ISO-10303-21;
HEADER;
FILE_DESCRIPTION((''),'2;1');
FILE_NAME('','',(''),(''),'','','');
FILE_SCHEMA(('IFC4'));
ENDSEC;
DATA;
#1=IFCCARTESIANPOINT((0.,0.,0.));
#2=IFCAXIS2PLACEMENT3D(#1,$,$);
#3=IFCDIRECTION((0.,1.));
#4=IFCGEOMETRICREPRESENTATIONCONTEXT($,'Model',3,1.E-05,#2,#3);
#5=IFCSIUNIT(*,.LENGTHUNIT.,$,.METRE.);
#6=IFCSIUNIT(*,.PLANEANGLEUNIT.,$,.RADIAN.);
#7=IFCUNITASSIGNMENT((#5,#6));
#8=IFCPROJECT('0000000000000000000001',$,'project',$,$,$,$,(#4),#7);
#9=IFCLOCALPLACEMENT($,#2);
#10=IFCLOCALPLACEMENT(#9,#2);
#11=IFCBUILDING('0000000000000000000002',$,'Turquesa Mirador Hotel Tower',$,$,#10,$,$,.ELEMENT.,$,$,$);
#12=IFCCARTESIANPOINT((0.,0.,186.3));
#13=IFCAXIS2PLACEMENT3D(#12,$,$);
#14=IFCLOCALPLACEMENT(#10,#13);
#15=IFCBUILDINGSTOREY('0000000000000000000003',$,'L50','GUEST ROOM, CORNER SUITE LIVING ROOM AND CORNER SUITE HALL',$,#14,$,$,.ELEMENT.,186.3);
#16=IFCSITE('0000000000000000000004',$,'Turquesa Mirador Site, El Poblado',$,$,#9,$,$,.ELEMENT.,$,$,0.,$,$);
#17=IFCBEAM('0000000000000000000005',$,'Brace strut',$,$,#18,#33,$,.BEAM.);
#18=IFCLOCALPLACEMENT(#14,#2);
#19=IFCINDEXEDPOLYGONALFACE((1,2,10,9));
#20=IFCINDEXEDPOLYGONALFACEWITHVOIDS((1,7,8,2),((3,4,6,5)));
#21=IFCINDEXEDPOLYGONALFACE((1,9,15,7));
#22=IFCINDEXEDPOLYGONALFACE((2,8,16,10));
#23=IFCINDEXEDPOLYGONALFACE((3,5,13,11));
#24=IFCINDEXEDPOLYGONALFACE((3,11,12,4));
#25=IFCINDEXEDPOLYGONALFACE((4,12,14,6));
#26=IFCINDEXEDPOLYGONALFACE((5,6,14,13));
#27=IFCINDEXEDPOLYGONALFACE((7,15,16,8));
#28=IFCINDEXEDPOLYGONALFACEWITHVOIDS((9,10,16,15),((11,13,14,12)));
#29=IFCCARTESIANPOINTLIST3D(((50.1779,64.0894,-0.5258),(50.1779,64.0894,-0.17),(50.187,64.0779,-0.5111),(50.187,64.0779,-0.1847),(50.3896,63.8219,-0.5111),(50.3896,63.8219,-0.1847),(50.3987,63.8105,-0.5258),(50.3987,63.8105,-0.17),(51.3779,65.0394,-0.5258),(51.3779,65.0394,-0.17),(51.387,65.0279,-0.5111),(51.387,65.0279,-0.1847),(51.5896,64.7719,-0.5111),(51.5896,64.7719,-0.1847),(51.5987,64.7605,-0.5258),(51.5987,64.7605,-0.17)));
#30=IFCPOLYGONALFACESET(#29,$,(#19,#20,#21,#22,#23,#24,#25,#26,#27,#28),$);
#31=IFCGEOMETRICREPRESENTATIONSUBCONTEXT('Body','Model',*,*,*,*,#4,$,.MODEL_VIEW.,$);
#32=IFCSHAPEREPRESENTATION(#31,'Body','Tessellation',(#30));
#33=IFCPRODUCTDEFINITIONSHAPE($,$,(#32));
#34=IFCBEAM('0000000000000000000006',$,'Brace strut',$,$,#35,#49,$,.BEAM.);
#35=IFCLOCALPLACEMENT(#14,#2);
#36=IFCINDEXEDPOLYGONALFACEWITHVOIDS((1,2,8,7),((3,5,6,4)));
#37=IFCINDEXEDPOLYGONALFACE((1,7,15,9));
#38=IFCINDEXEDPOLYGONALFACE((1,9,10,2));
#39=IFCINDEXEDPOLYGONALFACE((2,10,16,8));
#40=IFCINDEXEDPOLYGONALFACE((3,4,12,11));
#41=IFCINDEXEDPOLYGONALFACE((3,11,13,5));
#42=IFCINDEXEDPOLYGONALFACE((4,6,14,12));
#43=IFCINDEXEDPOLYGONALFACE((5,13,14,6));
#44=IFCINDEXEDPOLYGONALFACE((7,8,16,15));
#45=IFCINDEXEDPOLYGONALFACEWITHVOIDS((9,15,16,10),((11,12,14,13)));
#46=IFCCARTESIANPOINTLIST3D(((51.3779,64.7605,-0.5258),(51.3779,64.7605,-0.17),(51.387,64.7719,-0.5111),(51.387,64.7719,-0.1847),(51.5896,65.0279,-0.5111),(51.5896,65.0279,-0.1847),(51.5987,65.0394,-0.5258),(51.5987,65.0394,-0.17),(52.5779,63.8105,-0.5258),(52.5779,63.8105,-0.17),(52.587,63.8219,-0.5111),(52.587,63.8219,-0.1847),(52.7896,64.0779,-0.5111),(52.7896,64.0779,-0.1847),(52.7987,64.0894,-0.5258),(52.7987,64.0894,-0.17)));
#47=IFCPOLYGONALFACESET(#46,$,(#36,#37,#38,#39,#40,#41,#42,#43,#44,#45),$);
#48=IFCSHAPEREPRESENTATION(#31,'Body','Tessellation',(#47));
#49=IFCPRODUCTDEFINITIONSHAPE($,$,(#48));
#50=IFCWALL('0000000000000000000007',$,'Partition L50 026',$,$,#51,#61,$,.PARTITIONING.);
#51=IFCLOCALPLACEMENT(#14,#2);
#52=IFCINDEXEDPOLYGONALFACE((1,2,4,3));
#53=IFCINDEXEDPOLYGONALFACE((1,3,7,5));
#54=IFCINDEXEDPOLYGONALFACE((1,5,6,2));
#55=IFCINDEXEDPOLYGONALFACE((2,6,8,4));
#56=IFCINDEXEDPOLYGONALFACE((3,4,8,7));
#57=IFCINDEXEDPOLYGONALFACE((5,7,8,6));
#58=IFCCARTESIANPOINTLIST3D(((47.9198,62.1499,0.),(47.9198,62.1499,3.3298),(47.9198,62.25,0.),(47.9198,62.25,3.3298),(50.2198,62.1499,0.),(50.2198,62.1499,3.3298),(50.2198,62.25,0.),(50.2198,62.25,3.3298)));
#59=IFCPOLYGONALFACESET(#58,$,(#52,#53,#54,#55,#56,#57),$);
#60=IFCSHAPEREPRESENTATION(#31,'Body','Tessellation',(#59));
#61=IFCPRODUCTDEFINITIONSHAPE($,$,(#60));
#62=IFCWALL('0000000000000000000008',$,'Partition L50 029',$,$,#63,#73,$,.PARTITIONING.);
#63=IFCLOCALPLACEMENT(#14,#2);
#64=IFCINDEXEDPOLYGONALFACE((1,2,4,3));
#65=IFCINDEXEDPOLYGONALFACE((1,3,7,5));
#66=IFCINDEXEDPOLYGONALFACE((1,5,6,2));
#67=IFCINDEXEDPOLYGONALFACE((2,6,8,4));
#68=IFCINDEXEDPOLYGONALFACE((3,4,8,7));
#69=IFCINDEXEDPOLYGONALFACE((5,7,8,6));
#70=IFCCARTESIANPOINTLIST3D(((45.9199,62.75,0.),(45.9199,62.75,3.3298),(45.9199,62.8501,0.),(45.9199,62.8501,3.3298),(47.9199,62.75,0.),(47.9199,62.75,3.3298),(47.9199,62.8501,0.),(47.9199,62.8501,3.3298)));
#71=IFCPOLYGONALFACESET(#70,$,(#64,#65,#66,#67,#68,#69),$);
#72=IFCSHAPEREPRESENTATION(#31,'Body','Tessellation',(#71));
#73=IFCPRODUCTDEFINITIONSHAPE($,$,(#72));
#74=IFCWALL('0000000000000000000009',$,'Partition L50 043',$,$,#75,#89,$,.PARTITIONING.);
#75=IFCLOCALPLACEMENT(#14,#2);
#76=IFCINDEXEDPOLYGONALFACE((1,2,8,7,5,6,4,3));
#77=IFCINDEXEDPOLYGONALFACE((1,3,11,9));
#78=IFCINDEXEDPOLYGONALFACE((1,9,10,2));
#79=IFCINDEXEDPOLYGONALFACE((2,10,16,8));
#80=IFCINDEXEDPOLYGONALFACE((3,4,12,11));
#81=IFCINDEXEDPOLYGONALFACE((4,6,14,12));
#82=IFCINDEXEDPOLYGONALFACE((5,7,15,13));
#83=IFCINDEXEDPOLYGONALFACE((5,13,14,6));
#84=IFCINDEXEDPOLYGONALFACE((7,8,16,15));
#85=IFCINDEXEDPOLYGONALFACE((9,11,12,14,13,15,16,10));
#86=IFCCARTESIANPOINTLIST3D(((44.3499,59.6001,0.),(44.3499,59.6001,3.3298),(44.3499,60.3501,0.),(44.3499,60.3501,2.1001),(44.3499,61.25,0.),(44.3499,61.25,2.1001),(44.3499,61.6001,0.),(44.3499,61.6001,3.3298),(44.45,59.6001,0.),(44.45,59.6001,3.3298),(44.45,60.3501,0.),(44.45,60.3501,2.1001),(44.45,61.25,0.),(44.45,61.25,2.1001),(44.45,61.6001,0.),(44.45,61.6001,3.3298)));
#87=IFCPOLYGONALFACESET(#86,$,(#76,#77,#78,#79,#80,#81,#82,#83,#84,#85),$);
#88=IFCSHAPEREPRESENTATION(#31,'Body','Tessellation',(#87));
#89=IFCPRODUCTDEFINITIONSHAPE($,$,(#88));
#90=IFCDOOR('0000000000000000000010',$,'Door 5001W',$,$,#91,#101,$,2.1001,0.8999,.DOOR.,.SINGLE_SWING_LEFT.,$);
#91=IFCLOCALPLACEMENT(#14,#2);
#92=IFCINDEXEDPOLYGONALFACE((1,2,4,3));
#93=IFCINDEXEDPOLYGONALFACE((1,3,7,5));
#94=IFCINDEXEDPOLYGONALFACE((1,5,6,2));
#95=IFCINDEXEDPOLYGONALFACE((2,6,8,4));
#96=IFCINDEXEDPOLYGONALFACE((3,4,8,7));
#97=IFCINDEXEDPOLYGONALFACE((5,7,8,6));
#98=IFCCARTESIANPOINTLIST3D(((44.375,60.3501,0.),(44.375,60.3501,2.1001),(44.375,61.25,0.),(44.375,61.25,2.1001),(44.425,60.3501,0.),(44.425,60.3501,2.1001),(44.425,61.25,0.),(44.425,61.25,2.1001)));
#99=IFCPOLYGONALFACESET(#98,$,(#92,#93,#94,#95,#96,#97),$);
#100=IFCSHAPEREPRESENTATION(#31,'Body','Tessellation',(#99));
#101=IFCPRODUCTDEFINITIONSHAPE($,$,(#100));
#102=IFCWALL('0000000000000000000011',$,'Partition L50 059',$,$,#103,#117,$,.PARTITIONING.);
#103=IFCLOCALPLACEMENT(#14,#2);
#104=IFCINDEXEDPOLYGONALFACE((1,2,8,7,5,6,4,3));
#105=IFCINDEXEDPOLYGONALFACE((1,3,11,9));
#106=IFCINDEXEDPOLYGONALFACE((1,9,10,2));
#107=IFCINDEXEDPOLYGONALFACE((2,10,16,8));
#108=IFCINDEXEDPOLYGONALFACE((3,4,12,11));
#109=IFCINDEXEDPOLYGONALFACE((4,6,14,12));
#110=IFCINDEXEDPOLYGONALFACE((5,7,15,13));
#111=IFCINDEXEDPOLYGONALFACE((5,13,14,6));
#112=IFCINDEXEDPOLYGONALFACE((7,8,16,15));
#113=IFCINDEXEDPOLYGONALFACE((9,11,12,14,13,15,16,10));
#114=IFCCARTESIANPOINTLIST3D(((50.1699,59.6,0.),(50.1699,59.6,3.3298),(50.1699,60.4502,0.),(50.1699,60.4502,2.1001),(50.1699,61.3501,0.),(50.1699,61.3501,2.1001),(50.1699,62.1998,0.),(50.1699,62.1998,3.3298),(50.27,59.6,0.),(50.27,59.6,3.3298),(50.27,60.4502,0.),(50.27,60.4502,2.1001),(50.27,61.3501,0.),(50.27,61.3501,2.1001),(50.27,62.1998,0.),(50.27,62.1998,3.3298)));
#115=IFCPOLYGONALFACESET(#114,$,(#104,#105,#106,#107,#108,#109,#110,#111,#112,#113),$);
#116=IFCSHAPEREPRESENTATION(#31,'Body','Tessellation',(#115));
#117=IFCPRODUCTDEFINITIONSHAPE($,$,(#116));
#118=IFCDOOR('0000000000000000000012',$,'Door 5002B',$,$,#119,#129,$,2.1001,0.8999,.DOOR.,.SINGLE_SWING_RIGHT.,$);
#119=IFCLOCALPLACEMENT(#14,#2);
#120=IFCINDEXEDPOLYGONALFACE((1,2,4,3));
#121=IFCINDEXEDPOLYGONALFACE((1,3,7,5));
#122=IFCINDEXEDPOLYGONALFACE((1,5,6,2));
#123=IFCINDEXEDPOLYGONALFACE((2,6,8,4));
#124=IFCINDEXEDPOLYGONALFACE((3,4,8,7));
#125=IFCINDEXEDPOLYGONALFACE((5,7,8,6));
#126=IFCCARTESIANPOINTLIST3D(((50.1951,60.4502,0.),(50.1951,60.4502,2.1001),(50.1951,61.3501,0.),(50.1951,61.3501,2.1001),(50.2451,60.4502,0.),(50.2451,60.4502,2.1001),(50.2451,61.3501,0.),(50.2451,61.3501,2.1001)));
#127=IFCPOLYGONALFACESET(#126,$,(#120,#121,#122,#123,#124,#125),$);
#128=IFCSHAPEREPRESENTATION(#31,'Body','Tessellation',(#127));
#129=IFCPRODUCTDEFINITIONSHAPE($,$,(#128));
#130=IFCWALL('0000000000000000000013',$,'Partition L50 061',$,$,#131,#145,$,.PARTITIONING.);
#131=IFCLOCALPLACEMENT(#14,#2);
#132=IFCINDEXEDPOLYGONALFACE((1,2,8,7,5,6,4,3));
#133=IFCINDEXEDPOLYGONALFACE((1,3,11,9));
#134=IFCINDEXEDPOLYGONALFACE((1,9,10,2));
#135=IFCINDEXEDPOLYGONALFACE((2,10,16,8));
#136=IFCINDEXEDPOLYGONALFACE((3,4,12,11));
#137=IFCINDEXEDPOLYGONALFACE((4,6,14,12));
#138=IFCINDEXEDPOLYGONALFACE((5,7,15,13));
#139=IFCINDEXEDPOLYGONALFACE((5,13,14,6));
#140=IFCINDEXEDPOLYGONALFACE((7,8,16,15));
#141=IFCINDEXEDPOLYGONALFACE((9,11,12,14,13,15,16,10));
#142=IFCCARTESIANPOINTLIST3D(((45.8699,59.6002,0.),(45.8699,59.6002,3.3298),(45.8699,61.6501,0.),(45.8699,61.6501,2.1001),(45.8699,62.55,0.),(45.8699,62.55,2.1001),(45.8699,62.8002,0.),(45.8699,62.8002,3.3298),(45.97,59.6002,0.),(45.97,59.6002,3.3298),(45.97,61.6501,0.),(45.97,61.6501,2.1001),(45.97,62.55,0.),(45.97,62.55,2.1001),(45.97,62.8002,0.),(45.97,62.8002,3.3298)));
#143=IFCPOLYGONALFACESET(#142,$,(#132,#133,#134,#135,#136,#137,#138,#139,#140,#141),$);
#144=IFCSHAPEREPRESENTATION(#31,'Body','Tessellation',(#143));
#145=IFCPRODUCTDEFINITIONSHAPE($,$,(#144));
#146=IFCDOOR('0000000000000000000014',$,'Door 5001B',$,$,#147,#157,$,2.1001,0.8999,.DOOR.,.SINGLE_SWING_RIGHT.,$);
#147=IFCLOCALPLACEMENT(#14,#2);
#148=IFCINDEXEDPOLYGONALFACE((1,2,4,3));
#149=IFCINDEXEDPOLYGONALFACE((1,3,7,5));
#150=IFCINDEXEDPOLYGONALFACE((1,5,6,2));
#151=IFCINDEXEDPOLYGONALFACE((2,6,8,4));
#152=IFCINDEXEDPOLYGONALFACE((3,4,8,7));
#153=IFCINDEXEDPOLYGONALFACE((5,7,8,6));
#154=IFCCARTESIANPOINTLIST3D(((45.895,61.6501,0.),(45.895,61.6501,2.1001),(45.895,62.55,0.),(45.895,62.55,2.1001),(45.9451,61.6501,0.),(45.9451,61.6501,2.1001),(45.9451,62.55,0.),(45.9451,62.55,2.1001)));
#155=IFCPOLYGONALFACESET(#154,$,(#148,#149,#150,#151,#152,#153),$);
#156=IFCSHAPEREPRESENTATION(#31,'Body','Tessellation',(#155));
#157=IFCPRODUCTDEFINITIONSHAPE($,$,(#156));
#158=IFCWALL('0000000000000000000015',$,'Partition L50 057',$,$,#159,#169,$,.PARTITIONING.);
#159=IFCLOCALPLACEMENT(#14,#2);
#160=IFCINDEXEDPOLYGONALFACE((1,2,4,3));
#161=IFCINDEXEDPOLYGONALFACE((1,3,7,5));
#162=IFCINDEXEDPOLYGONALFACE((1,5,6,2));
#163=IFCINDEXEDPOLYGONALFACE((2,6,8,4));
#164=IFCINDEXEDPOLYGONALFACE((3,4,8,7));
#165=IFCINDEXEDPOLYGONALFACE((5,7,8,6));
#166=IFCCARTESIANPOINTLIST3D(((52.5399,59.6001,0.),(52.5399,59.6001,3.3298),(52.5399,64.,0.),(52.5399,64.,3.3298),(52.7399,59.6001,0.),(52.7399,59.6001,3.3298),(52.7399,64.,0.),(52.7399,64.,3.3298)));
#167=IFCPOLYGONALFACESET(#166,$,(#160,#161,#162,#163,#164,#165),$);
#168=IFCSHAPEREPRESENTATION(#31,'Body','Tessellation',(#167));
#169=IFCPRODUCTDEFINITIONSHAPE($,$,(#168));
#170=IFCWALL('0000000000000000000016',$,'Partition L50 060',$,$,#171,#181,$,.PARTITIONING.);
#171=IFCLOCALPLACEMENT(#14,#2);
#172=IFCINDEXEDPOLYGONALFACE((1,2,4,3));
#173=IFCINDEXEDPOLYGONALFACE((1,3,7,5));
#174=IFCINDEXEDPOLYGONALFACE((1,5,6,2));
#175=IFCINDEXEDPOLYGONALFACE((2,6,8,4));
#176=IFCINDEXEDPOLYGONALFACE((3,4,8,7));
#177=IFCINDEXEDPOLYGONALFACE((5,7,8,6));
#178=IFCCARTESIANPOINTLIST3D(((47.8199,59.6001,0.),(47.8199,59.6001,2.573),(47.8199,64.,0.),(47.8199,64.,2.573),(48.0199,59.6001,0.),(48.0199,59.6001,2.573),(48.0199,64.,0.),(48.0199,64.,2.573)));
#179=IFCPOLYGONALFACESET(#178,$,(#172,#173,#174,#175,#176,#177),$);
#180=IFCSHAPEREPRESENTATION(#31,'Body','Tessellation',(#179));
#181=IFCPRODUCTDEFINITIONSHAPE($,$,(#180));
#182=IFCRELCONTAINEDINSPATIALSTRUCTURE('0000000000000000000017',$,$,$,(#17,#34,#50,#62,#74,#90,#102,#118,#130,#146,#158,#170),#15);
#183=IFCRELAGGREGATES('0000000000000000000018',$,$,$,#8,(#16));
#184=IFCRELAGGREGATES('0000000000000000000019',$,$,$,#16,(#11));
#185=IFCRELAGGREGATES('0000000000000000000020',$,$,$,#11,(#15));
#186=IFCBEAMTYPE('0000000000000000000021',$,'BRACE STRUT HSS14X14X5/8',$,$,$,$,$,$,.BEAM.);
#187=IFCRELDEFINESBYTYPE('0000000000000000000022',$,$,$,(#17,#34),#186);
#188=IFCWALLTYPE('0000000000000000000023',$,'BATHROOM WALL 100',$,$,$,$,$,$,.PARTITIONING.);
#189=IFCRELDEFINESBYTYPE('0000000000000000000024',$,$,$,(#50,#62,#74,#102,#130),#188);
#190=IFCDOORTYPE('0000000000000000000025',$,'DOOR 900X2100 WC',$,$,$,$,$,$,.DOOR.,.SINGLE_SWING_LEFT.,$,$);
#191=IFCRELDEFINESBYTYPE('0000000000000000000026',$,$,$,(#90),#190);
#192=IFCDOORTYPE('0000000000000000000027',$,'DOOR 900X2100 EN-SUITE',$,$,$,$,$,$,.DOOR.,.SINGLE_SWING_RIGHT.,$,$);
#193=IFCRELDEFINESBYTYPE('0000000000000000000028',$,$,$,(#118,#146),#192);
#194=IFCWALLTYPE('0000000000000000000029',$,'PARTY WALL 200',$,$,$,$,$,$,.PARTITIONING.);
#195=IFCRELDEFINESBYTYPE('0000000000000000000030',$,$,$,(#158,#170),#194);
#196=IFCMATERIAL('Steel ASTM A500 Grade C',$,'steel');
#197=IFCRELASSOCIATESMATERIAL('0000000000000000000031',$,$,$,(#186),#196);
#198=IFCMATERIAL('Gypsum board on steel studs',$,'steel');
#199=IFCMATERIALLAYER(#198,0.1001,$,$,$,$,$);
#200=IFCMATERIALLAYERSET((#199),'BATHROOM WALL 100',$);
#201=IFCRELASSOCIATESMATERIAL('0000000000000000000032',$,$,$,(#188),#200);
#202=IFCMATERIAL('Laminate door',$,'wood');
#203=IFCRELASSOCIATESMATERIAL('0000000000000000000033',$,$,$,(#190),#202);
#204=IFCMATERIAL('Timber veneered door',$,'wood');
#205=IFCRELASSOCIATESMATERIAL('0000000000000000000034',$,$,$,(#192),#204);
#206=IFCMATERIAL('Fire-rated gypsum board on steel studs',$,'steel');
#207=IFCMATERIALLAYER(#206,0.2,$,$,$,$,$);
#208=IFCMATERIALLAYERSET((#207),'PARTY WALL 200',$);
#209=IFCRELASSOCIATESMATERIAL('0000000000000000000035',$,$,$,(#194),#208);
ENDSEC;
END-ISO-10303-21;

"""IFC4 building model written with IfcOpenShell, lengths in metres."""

from ifc_helpers import new_model, si_unit, direction, frame, frame_2d, origin, origin_2d, place, context, subcontext, project, spatial, rectangle, hollow_rectangle, extrude, material, layer, layer_set, material_profile, profile_set, type_object, element, fill, save


model = new_model("IFC4")

# Units and contexts
model_context = context("Model", 3, precision=1e-05, world=origin(), true_north=direction((0.0, 1.0)))
body_context = subcontext(model_context, "Body", "Model", "MODEL_VIEW")
ifc_project = project(units=[si_unit("LENGTHUNIT", "METRE"), si_unit("PLANEANGLEUNIT", "RADIAN")], contexts=[model_context])

# Site, building, storey
site_placement = place(None, origin())
site = spatial("IfcSite", under=ifc_project, at=site_placement, Name="Turquesa Mirador Site, El Poblado", CompositionType="ELEMENT", RefElevation=0.0)
building_placement = place(site_placement, origin())
building = spatial("IfcBuilding", under=site, at=building_placement, Name="Turquesa Mirador Hotel Tower", CompositionType="ELEMENT")
storey_placement = place(building_placement, frame((0.0, 0.0, 186.3)))
storey = spatial("IfcBuildingStorey", under=building, at=storey_placement, Name="L50", Description="GUEST ROOM, CORNER SUITE LIVING ROOM AND CORNER SUITE HALL", CompositionType="ELEMENT", Elevation=186.3)

# Beams
ifc_material_1 = material(Name="Steel ASTM A500 Grade C", Category="steel")
ifc_material_profile_1 = material_profile(ifc_material_1, hollow_rectangle(XDim=0.3557, YDim=0.3557, WallThickness=0.0146, at=origin_2d()), Name="HSS14X14X5/8")
ifc_profile_set_1 = profile_set([ifc_material_profile_1], Name="Steel ASTM A500 Grade C")
beam_type_1 = type_object("IfcBeamType", Name="BRACE STRUT HSS14X14X5/8", PredefinedType="BEAM", material=ifc_profile_set_1)
for number, where, z_axis, x_axis, name in (
    (1, (51.4883, 64.8999, -0.3479), (-0.784049, -0.620699, 0.0), (0.620699, -0.784049, 0.0), "Brace strut"),
    (2, (51.4883, 64.8999, -0.3479), (0.784049, -0.620699, 0.0), (0.620699, 0.784049, 0.0), "Brace strut"),
):
    element("IfcBeam", number, at=place(storey_placement, frame(where, z_axis=z_axis, x_axis=x_axis)), inside=storey, type_object=beam_type_1, Name=name, PredefinedType="BEAM", context=body_context, shape_type="SweptSolid", body=[
        extrude(hollow_rectangle(XDim=0.3557, YDim=0.3557, WallThickness=0.0146, at=origin_2d()), origin(), (0.0, 0.0, 1.0), 1.5305),
    ])

# Walls
ifc_material_2 = material(Name="Gypsum board on steel studs", Category="steel")
ifc_layer_1 = layer(ifc_material_2, 0.1001)
ifc_layer_set_1 = layer_set([ifc_layer_1], Name="BATHROOM WALL 100")
wall_type_1 = type_object("IfcWallType", Name="BATHROOM WALL 100", PredefinedType="PARTITIONING", material=ifc_layer_set_1)
wall_1_placement = place(storey_placement, frame((47.9199, 62.2, 0.0), z_axis=(0.0, 0.0, 1.0), x_axis=(1.0, 0.0, 0.0)))
element("IfcWall", 3, at=wall_1_placement, inside=storey, type_object=wall_type_1, Name="Partition L50 026", PredefinedType="PARTITIONING", context=body_context, shape_type="SweptSolid", body=[
    extrude(rectangle(XDim=2.3, YDim=0.1001, at=frame_2d((1.1499, 0.0))), origin(), (0.0, 0.0, 1.0), 3.3298),
])
wall_2_placement = place(storey_placement, frame((45.9199, 62.8, 0.0), z_axis=(0.0, 0.0, 1.0), x_axis=(1.0, 0.0, 0.0)))
element("IfcWall", 4, at=wall_2_placement, inside=storey, type_object=wall_type_1, Name="Partition L50 029", PredefinedType="PARTITIONING", context=body_context, shape_type="SweptSolid", body=[
    extrude(rectangle(XDim=2.0, YDim=0.1001, at=frame_2d((1.0, 0.0))), origin(), (0.0, 0.0, 1.0), 3.3298),
])

# Walls, openings, doors
wall_3_placement = place(storey_placement, frame((44.3999, 59.6001, 0.0), z_axis=(0.0, 0.0, 1.0), x_axis=(0.0, 1.0, 0.0)))
wall_3 = element("IfcWall", 5, at=wall_3_placement, inside=storey, type_object=wall_type_1, Name="Partition L50 043", PredefinedType="PARTITIONING", context=body_context, shape_type="SweptSolid", body=[
    extrude(rectangle(XDim=2.0, YDim=0.1001, at=frame_2d((1.0, 0.0))), origin(), (0.0, 0.0, 1.0), 3.3298),
])
opening_1_placement = place(wall_3_placement, frame((0.75, 0.0, 0.0)))
opening_1 = element("IfcOpeningElement", 6, at=opening_1_placement, cuts=wall_3, PredefinedType="OPENING", context=body_context, shape_type="SweptSolid", body=[
    extrude(rectangle(XDim=0.8999, YDim=2.1001, at=frame_2d((0.45, 1.05))), frame((0.0, 0.0601, 0.0), z_axis=(0.0, -1.0, 0.0), x_axis=(1.0, 0.0, 0.0)), (0.0, 0.0, 1.0), 0.1201),
])
ifc_material_3 = material(Name="Laminate door", Category="wood")
door_type_1 = type_object("IfcDoorType", Name="DOOR 900X2100 WC", OperationType="SINGLE_SWING_LEFT", PredefinedType="DOOR", material=ifc_material_3)
door_1_placement = place(opening_1_placement, origin())
door_1 = element("IfcDoor", 7, at=door_1_placement, inside=storey, type_object=door_type_1, Name="Door 5001W", OperationType="SINGLE_SWING_LEFT", OverallHeight=2.1001, OverallWidth=0.8999, PredefinedType="DOOR", context=body_context, shape_type="SweptSolid", body=[
    extrude(rectangle(XDim=0.8999, YDim=2.1001, at=frame_2d((0.45, 1.05))), frame((0.0, 0.0249, 0.0), z_axis=(0.0, -1.0, 0.0), x_axis=(1.0, 0.0, 0.0)), (0.0, 0.0, 1.0), 0.05),
])
fill(opening_1, door_1)
wall_4_placement = place(storey_placement, frame((50.22, 59.6001, 0.0), z_axis=(0.0, 0.0, 1.0), x_axis=(0.0, 1.0, 0.0)))
wall_4 = element("IfcWall", 8, at=wall_4_placement, inside=storey, type_object=wall_type_1, Name="Partition L50 059", PredefinedType="PARTITIONING", context=body_context, shape_type="SweptSolid", body=[
    extrude(rectangle(XDim=2.5999, YDim=0.1001, at=frame_2d((1.2998, 0.0))), origin(), (0.0, 0.0, 1.0), 3.3298),
])
opening_2_placement = place(wall_4_placement, frame((0.8501, 0.0, 0.0)))
opening_2 = element("IfcOpeningElement", 9, at=opening_2_placement, cuts=wall_4, PredefinedType="OPENING", context=body_context, shape_type="SweptSolid", body=[
    extrude(rectangle(XDim=0.8999, YDim=2.1001, at=frame_2d((0.45, 1.05))), frame((0.0, 0.0601, 0.0), z_axis=(0.0, -1.0, 0.0), x_axis=(1.0, 0.0, 0.0)), (0.0, 0.0, 1.0), 0.1201),
])
ifc_material_4 = material(Name="Timber veneered door", Category="wood")
door_type_2 = type_object("IfcDoorType", Name="DOOR 900X2100 EN-SUITE", OperationType="SINGLE_SWING_RIGHT", PredefinedType="DOOR", material=ifc_material_4)
door_2_placement = place(opening_2_placement, origin())
door_2 = element("IfcDoor", 10, at=door_2_placement, inside=storey, type_object=door_type_2, Name="Door 5002B", OperationType="SINGLE_SWING_RIGHT", OverallHeight=2.1001, OverallWidth=0.8999, PredefinedType="DOOR", context=body_context, shape_type="SweptSolid", body=[
    extrude(rectangle(XDim=0.8999, YDim=2.1001, at=frame_2d((0.45, 1.05))), frame((0.0, 0.0249, 0.0), z_axis=(0.0, -1.0, 0.0), x_axis=(1.0, 0.0, 0.0)), (0.0, 0.0, 1.0), 0.05),
])
fill(opening_2, door_2)
wall_5_placement = place(storey_placement, frame((45.9199, 59.6001, 0.0), z_axis=(0.0, 0.0, 1.0), x_axis=(0.0, 1.0, 0.0)))
wall_5 = element("IfcWall", 11, at=wall_5_placement, inside=storey, type_object=wall_type_1, Name="Partition L50 061", PredefinedType="PARTITIONING", context=body_context, shape_type="SweptSolid", body=[
    extrude(rectangle(XDim=3.2, YDim=0.1001, at=frame_2d((1.6001, 0.0))), origin(), (0.0, 0.0, 1.0), 3.3298),
])
opening_3_placement = place(wall_5_placement, frame((2.05, 0.0, 0.0)))
opening_3 = element("IfcOpeningElement", 12, at=opening_3_placement, cuts=wall_5, PredefinedType="OPENING", context=body_context, shape_type="SweptSolid", body=[
    extrude(rectangle(XDim=0.8999, YDim=2.1001, at=frame_2d((0.45, 1.05))), frame((0.0, 0.0601, 0.0), z_axis=(0.0, -1.0, 0.0), x_axis=(1.0, 0.0, 0.0)), (0.0, 0.0, 1.0), 0.1201),
])
door_3_placement = place(opening_3_placement, origin())
door_3 = element("IfcDoor", 13, at=door_3_placement, inside=storey, type_object=door_type_2, Name="Door 5001B", OperationType="SINGLE_SWING_RIGHT", OverallHeight=2.1001, OverallWidth=0.8999, PredefinedType="DOOR", context=body_context, shape_type="SweptSolid", body=[
    extrude(rectangle(XDim=0.8999, YDim=2.1001, at=frame_2d((0.45, 1.05))), frame((0.0, 0.0249, 0.0), z_axis=(0.0, -1.0, 0.0), x_axis=(1.0, 0.0, 0.0)), (0.0, 0.0, 1.0), 0.05),
])
fill(opening_3, door_3)

# Walls
ifc_material_5 = material(Name="Fire-rated gypsum board on steel studs", Category="steel")
ifc_layer_2 = layer(ifc_material_5, 0.2)
ifc_layer_set_2 = layer_set([ifc_layer_2], Name="PARTY WALL 200")
wall_type_2 = type_object("IfcWallType", Name="PARTY WALL 200", PredefinedType="PARTITIONING", material=ifc_layer_set_2)
wall_6_placement = place(storey_placement, frame((52.6399, 59.6001, 0.0), z_axis=(0.0, 0.0, 1.0), x_axis=(0.0, 1.0, 0.0)))
element("IfcWall", 14, at=wall_6_placement, inside=storey, type_object=wall_type_2, Name="Partition L50 057", PredefinedType="PARTITIONING", context=body_context, shape_type="SweptSolid", body=[
    extrude(rectangle(XDim=4.3999, YDim=0.2, at=frame_2d((2.2, 0.0))), origin(), (0.0, 0.0, 1.0), 3.3298),
])
wall_7_placement = place(storey_placement, frame((47.9199, 59.6001, 0.0), z_axis=(0.0, 0.0, 1.0), x_axis=(0.0, 1.0, 0.0)))
element("IfcWall", 15, at=wall_7_placement, inside=storey, type_object=wall_type_2, Name="Partition L50 060", PredefinedType="PARTITIONING", context=body_context, shape_type="SweptSolid", body=[
    extrude(rectangle(XDim=4.3999, YDim=0.2, at=frame_2d((2.2, 0.0))), origin(), (0.0, 0.0, 1.0), 2.573),
])

save(model, "model.ifc")
